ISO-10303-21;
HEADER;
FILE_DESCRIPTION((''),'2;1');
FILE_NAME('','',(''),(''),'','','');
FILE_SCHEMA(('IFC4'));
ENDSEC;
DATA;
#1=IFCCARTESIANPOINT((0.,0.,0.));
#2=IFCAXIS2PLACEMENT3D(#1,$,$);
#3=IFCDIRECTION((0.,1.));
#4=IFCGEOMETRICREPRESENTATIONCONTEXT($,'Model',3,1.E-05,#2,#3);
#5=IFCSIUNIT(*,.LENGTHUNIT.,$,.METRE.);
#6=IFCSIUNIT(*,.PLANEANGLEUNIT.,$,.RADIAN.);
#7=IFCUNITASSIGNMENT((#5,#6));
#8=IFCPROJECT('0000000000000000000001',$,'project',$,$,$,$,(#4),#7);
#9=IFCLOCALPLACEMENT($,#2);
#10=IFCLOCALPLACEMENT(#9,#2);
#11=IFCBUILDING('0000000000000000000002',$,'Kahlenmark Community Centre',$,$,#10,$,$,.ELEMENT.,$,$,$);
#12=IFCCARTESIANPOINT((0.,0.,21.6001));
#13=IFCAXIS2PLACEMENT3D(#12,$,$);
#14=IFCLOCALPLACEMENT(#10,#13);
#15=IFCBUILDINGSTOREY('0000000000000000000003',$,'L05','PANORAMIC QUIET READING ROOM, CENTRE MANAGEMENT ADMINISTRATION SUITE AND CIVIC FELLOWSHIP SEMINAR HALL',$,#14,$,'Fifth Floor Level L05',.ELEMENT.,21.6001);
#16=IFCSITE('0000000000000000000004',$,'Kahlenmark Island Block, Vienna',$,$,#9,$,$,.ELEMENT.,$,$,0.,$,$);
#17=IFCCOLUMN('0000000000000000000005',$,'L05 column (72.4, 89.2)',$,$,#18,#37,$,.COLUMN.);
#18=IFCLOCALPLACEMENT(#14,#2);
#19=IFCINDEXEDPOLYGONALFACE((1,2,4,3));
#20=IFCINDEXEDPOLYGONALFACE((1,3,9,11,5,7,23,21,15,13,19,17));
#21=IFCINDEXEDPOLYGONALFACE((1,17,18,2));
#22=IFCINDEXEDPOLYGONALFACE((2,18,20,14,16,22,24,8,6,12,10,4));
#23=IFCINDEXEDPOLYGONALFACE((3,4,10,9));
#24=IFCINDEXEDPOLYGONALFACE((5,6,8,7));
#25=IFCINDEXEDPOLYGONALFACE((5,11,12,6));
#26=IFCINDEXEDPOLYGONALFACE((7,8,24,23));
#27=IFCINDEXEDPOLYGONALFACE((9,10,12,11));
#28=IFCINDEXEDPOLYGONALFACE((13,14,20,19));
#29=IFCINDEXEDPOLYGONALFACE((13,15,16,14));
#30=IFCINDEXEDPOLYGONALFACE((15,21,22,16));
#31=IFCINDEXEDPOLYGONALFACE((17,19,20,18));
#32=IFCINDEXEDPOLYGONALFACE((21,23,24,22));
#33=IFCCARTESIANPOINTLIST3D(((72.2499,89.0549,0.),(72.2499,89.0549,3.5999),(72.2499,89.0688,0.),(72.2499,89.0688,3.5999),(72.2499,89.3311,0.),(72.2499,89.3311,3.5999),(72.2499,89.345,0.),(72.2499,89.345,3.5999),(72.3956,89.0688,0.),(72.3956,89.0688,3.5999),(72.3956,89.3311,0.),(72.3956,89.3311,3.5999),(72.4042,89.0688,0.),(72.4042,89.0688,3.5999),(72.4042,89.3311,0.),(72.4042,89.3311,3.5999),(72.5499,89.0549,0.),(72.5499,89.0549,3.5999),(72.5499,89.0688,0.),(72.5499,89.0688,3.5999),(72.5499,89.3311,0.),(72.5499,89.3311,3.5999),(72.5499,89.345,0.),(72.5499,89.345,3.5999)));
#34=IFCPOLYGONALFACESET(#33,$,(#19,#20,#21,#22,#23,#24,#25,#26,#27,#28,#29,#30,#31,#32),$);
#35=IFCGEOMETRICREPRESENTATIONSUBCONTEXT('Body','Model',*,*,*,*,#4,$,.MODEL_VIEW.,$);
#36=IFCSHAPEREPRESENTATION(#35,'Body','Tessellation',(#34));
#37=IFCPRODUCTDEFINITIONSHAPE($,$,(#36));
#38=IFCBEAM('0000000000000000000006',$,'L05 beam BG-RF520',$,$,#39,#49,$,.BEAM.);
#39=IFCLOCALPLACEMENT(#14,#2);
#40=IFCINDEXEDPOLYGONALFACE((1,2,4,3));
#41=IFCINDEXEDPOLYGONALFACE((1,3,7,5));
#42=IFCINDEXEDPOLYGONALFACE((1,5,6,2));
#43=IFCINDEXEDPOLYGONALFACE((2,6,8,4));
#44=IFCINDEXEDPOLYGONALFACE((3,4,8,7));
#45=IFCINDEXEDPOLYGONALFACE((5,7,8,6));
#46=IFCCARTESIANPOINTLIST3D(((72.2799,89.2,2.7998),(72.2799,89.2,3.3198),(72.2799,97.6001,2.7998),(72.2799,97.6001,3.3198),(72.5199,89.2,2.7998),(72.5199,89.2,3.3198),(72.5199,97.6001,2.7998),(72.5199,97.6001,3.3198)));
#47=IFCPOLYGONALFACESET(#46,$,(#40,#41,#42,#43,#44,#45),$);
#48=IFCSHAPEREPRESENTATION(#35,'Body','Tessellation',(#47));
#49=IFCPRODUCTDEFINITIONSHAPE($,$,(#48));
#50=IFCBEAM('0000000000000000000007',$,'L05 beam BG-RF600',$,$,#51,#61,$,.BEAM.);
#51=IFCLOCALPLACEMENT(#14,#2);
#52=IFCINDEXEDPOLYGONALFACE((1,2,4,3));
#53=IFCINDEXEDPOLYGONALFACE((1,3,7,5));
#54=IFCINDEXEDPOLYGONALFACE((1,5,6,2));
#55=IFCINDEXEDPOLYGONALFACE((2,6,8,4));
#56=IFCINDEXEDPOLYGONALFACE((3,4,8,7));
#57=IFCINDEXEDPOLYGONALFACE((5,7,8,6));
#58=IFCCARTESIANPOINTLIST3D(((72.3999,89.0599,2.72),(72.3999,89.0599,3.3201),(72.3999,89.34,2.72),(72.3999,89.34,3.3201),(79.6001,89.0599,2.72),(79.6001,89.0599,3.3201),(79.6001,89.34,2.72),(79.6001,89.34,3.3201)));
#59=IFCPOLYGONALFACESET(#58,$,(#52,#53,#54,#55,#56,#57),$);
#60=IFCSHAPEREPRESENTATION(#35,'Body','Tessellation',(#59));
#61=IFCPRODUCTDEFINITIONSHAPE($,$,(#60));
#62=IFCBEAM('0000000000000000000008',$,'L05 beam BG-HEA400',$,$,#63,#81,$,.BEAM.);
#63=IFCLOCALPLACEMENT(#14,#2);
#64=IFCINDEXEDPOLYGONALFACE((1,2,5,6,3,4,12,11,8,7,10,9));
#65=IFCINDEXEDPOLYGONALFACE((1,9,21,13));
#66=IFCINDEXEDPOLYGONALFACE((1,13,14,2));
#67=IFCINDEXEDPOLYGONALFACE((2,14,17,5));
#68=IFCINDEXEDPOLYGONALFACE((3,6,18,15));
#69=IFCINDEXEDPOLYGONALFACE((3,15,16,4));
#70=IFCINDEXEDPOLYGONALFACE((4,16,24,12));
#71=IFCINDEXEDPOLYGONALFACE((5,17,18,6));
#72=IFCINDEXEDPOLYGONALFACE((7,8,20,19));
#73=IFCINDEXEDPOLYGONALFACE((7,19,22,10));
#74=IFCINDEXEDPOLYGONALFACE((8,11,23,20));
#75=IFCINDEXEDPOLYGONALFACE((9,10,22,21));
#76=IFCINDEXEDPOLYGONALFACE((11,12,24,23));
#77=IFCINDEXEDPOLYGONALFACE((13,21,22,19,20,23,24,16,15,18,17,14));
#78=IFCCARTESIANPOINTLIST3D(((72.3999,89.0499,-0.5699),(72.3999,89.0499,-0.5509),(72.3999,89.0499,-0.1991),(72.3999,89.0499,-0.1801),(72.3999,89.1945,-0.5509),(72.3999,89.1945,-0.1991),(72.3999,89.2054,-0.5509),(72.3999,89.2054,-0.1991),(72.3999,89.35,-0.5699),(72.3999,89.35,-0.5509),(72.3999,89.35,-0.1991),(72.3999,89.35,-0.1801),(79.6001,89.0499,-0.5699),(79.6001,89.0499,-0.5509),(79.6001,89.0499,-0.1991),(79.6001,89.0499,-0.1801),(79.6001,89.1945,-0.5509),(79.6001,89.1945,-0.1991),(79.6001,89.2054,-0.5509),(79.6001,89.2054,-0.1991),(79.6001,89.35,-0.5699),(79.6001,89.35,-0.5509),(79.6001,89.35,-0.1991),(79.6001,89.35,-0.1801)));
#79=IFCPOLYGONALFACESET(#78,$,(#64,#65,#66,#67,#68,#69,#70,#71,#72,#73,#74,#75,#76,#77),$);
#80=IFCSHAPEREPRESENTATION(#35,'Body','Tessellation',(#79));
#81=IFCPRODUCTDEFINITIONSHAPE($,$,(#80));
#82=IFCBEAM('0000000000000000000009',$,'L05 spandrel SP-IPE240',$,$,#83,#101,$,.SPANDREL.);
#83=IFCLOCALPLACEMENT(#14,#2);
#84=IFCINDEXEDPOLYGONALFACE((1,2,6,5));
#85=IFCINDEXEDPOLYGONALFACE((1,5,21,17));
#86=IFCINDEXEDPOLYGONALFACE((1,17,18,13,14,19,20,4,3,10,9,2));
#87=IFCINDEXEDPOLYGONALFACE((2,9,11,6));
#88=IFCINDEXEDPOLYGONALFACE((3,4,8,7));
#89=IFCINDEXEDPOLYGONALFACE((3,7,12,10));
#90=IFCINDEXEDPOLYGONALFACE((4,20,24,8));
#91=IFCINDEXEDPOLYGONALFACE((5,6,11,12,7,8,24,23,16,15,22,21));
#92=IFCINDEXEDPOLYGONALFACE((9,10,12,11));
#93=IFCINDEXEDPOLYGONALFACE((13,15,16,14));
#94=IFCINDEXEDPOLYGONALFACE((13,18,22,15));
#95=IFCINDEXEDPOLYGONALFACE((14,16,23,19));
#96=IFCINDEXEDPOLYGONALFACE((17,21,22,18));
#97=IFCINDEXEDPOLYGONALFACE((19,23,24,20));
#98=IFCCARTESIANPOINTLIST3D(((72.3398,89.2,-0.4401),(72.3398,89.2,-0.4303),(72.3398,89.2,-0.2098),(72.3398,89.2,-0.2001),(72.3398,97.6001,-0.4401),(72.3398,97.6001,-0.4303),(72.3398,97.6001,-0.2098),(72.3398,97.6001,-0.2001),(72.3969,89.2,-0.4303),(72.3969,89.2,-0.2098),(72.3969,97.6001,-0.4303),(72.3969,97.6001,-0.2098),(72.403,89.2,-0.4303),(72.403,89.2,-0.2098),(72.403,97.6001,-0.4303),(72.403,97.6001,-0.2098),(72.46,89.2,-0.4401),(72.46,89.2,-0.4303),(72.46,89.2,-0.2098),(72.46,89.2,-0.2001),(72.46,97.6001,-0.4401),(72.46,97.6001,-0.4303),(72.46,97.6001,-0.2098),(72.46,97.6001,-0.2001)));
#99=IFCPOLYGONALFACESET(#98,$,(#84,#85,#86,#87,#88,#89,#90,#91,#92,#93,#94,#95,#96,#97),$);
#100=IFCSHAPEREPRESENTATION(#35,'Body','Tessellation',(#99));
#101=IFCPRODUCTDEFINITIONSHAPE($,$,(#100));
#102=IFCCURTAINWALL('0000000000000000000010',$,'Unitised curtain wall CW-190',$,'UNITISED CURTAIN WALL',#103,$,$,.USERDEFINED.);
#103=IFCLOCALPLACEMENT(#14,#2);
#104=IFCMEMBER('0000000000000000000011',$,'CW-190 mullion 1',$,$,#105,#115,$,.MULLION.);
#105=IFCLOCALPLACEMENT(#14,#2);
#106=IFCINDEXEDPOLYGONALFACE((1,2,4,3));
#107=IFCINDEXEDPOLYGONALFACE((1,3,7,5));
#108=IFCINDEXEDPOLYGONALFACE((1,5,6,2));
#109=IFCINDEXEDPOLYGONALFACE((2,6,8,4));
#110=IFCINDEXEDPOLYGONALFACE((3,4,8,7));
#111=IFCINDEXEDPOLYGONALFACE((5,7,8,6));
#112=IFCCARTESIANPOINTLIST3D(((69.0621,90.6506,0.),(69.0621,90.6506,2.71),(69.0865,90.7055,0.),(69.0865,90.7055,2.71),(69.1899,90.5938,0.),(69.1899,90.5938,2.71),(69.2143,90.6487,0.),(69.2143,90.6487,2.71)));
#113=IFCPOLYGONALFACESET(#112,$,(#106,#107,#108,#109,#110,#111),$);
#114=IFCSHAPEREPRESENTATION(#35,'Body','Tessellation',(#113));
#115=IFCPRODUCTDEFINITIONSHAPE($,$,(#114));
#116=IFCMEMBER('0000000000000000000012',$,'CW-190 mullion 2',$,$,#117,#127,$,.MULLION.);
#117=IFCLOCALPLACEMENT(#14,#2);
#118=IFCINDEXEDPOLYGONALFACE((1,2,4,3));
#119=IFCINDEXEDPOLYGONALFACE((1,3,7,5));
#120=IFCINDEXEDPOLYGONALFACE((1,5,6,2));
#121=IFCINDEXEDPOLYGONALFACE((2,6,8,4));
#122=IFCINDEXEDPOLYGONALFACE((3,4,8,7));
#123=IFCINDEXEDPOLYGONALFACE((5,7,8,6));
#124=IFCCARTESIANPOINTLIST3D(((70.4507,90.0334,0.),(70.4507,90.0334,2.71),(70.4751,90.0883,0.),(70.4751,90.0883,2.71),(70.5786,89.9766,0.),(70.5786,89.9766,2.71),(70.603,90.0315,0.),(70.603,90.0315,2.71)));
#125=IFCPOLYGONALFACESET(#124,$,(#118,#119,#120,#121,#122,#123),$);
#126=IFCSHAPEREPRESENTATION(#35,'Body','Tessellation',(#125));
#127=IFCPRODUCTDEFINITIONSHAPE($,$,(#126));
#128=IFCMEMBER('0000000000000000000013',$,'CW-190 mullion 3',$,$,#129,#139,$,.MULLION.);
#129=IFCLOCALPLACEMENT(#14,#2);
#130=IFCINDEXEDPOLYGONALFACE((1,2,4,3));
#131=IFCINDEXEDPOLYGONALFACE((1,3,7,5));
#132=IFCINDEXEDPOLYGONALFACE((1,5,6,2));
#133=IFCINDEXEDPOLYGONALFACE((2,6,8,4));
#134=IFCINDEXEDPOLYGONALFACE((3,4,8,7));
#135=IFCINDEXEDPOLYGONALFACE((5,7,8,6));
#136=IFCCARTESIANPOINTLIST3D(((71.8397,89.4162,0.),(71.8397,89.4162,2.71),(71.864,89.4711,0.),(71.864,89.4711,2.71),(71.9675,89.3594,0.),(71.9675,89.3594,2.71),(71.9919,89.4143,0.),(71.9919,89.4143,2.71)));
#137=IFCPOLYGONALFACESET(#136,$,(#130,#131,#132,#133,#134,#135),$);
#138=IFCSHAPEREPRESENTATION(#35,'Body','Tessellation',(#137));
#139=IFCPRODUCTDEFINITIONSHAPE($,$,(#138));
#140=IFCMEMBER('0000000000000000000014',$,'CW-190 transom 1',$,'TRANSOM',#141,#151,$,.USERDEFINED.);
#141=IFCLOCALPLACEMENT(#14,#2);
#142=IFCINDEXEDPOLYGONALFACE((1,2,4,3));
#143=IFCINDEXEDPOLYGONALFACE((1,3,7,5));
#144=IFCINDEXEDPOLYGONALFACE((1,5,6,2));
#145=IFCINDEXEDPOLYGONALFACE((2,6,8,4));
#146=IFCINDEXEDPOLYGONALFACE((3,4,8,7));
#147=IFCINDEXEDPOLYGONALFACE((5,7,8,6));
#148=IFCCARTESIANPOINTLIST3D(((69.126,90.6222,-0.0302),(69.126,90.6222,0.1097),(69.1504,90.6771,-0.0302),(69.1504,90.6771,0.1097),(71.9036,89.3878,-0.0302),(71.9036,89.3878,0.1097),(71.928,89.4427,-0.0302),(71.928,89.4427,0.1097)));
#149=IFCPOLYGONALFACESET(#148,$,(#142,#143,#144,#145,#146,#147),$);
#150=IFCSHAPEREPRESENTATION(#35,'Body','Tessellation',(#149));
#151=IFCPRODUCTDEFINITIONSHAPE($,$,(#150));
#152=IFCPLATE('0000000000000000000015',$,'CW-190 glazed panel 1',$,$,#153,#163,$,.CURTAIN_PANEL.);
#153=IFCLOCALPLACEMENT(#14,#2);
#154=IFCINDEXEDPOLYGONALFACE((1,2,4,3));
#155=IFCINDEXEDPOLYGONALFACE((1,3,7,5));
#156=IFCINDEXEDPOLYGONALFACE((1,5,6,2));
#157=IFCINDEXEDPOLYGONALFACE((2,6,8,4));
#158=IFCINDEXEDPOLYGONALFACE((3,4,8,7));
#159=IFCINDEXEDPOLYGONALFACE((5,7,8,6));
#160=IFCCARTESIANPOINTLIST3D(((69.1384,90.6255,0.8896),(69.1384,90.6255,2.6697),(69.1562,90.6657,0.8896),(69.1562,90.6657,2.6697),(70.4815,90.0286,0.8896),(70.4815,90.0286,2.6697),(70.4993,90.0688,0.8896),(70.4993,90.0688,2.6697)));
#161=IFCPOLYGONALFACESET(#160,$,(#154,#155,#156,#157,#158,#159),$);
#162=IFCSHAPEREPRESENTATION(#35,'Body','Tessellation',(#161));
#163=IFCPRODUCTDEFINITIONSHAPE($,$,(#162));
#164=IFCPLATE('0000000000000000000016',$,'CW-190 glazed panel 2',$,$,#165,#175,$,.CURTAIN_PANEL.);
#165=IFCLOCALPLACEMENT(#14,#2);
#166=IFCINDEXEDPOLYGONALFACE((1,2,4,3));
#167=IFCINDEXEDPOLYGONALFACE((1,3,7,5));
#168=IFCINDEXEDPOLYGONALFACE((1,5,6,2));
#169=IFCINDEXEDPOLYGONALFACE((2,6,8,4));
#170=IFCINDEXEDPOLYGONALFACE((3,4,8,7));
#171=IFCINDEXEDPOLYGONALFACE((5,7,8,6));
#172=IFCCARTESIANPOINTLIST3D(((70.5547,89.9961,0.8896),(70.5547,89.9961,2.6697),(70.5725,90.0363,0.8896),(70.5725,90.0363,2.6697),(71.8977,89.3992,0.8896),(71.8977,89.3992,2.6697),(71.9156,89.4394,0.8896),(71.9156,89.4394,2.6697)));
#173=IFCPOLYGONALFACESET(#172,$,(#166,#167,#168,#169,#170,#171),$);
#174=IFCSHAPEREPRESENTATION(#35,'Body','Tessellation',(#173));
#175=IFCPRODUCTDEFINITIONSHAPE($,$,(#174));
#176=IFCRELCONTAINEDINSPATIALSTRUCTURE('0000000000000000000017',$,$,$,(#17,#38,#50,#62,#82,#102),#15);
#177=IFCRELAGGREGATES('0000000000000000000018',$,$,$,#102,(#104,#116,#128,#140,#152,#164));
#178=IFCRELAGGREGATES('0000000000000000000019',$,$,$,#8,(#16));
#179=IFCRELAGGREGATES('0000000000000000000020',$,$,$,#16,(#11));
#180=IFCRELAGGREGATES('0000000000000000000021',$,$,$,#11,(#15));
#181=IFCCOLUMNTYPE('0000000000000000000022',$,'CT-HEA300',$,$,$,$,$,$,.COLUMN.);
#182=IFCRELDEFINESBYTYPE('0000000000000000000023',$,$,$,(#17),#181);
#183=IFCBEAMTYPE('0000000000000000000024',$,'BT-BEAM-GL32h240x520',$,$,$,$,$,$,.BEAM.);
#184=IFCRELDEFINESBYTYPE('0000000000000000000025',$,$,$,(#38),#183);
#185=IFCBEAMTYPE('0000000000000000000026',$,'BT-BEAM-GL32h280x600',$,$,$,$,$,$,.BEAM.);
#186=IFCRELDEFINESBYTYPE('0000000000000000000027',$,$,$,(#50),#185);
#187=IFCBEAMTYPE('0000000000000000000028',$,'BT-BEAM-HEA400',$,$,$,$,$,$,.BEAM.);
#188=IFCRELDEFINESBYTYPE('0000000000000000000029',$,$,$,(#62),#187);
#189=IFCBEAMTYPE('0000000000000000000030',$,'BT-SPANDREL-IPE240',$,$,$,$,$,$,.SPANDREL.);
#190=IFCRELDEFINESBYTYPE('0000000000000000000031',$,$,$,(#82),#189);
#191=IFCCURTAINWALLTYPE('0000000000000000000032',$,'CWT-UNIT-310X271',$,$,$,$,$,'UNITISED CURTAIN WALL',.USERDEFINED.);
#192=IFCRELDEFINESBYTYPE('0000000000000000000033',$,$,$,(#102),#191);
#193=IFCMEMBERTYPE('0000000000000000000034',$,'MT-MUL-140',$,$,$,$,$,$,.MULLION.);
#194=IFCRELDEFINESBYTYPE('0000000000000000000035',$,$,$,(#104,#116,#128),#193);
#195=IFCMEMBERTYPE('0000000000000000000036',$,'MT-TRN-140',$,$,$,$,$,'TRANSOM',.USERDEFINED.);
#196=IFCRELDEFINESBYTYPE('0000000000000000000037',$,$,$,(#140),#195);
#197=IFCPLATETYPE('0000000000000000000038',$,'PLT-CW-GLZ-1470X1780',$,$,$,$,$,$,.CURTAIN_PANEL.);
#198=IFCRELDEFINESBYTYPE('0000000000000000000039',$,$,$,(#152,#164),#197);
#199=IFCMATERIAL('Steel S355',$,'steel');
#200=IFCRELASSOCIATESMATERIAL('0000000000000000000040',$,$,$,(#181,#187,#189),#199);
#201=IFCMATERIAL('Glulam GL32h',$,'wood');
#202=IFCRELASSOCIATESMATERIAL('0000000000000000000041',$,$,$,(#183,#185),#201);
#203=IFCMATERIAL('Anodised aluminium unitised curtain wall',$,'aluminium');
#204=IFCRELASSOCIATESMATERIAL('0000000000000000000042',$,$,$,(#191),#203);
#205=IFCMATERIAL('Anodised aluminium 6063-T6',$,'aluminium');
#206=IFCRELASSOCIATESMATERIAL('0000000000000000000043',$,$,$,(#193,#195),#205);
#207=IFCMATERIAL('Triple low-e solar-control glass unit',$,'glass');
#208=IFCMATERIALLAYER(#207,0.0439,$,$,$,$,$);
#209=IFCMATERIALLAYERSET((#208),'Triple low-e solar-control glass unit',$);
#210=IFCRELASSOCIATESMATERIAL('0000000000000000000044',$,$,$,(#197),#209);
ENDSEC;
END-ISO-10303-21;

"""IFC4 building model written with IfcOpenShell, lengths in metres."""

from ifc_helpers import new_model, si_unit, direction, frame, origin, origin_2d, place, context, subcontext, project, spatial, rectangle, i_section, extrude, material, layer, layer_set, material_profile, profile_set, type_object, element, aggregate, save


model = new_model("IFC4")

# Units and contexts
model_context = context("Model", 3, precision=1e-05, world=origin(), true_north=direction((0.0, 1.0)))
body_context = subcontext(model_context, "Body", "Model", "MODEL_VIEW")
ifc_project = project(units=[si_unit("LENGTHUNIT", "METRE"), si_unit("PLANEANGLEUNIT", "RADIAN")], contexts=[model_context])

# Site, building, storey
site_placement = place(None, origin())
site = spatial("IfcSite", under=ifc_project, at=site_placement, Name="Kahlenmark Island Block, Vienna", CompositionType="ELEMENT", RefElevation=0.0)
building_placement = place(site_placement, origin())
building = spatial("IfcBuilding", under=site, at=building_placement, Name="Kahlenmark Community Centre", CompositionType="ELEMENT")
storey_placement = place(building_placement, frame((0.0, 0.0, 21.6001)))
storey = spatial("IfcBuildingStorey", under=building, at=storey_placement, Name="L05", Description="PANORAMIC QUIET READING ROOM, CENTRE MANAGEMENT ADMINISTRATION SUITE AND CIVIC FELLOWSHIP SEMINAR HALL", LongName="Fifth Floor Level L05", CompositionType="ELEMENT", Elevation=21.6001)

# Column
ifc_material_1 = material(Name="Steel S355", Category="steel")
ifc_material_profile_1 = material_profile(ifc_material_1, i_section(OverallWidth=0.3, OverallDepth=0.29, WebThickness=0.0085, FlangeThickness=0.0139, at=origin_2d()), Name="HEA 300")
ifc_profile_set_1 = profile_set([ifc_material_profile_1], Name="Steel S355")
column_type = type_object("IfcColumnType", Name="CT-HEA300", PredefinedType="COLUMN", material=ifc_profile_set_1)
column_placement = place(storey_placement, frame((72.3999, 89.2, 0.0), z_axis=(0.0, 0.0, 1.0), x_axis=(1.0, 0.0, 0.0)))
element("IfcColumn", 1, at=column_placement, inside=storey, type_object=column_type, Name="L05 column (72.4, 89.2)", PredefinedType="COLUMN", context=body_context, shape_type="SweptSolid", body=[
    extrude(i_section(OverallWidth=0.3, OverallDepth=0.29, WebThickness=0.0085, FlangeThickness=0.0139, at=origin_2d()), origin(), (0.0, 0.0, 1.0), 3.5999),
])

# Beams
ifc_material_2 = material(Name="Glulam GL32h", Category="wood")
ifc_material_profile_2 = material_profile(ifc_material_2, rectangle(XDim=0.24, YDim=0.52, at=origin_2d()), Name="GL32h 240x520")
ifc_profile_set_2 = profile_set([ifc_material_profile_2], Name="Glulam GL32h")
beam_type_1 = type_object("IfcBeamType", Name="BT-BEAM-GL32h240x520", PredefinedType="BEAM", material=ifc_profile_set_2)
beam_1_placement = place(storey_placement, frame((72.3999, 89.2, 3.0598), z_axis=(0.0, 1.0, 0.0), x_axis=(-1.0, 0.0, 0.0)))
element("IfcBeam", 2, at=beam_1_placement, inside=storey, type_object=beam_type_1, Name="L05 beam BG-RF520", PredefinedType="BEAM", context=body_context, shape_type="SweptSolid", body=[
    extrude(rectangle(XDim=0.24, YDim=0.52, at=origin_2d()), origin(), (0.0, 0.0, 1.0), 8.4001),
])
ifc_material_profile_3 = material_profile(ifc_material_2, rectangle(XDim=0.28, YDim=0.6001, at=origin_2d()), Name="GL32h 280x600")
ifc_profile_set_3 = profile_set([ifc_material_profile_3], Name="Glulam GL32h")
beam_type_2 = type_object("IfcBeamType", Name="BT-BEAM-GL32h280x600", PredefinedType="BEAM", material=ifc_profile_set_3)
beam_2_placement = place(storey_placement, frame((72.3999, 89.2, 3.02), z_axis=(1.0, 0.0, 0.0), x_axis=(0.0, 1.0, 0.0)))
element("IfcBeam", 3, at=beam_2_placement, inside=storey, type_object=beam_type_2, Name="L05 beam BG-RF600", PredefinedType="BEAM", context=body_context, shape_type="SweptSolid", body=[
    extrude(rectangle(XDim=0.28, YDim=0.6001, at=origin_2d()), origin(), (0.0, 0.0, 1.0), 7.2002),
])
ifc_material_profile_4 = material_profile(ifc_material_1, i_section(OverallWidth=0.3, OverallDepth=0.3899, WebThickness=0.011, FlangeThickness=0.019, at=origin_2d()), Name="HEA 400")
ifc_profile_set_4 = profile_set([ifc_material_profile_4], Name="Steel S355")
beam_type_3 = type_object("IfcBeamType", Name="BT-BEAM-HEA400", PredefinedType="BEAM", material=ifc_profile_set_4)
beam_3_placement = place(storey_placement, frame((72.3999, 89.2, -0.375), z_axis=(1.0, 0.0, 0.0), x_axis=(0.0, 1.0, 0.0)))
element("IfcBeam", 4, at=beam_3_placement, inside=storey, type_object=beam_type_3, Name="L05 beam BG-HEA400", PredefinedType="BEAM", context=body_context, shape_type="SweptSolid", body=[
    extrude(i_section(OverallWidth=0.3, OverallDepth=0.3899, WebThickness=0.011, FlangeThickness=0.019, at=origin_2d()), origin(), (0.0, 0.0, 1.0), 7.2002),
])
ifc_material_profile_5 = material_profile(ifc_material_1, i_section(OverallWidth=0.1201, OverallDepth=0.24, WebThickness=0.0061, FlangeThickness=0.0098, at=origin_2d()), Name="IPE 240")
ifc_profile_set_5 = profile_set([ifc_material_profile_5], Name="Steel S355")
beam_type_4 = type_object("IfcBeamType", Name="BT-SPANDREL-IPE240", PredefinedType="SPANDREL", material=ifc_profile_set_5)
beam_4_placement = place(storey_placement, frame((72.3999, 89.2, -0.3201), z_axis=(0.0, 1.0, 0.0), x_axis=(-1.0, 0.0, 0.0)))
element("IfcBeam", 5, at=beam_4_placement, inside=storey, type_object=beam_type_4, Name="L05 spandrel SP-IPE240", PredefinedType="SPANDREL", context=body_context, shape_type="SweptSolid", body=[
    extrude(i_section(OverallWidth=0.1201, OverallDepth=0.24, WebThickness=0.0061, FlangeThickness=0.0098, at=origin_2d()), origin(), (0.0, 0.0, 1.0), 8.4001),
])

# Curtain wall, members, plates
ifc_material_3 = material(Name="Anodised aluminium unitised curtain wall", Category="aluminium")
curtain_wall_type = type_object("IfcCurtainWallType", Name="CWT-UNIT-310X271", ElementType="UNITISED CURTAIN WALL", PredefinedType="USERDEFINED", material=ifc_material_3)
curtain_wall_placement = place(storey_placement, origin())
curtain_wall = element("IfcCurtainWall", 6, at=curtain_wall_placement, inside=storey, type_object=curtain_wall_type, Name="Unitised curtain wall CW-190", ObjectType="UNITISED CURTAIN WALL", PredefinedType="USERDEFINED")
ifc_material_4 = material(Name="Anodised aluminium 6063-T6", Category="aluminium")
ifc_material_profile_6 = material_profile(ifc_material_4, rectangle(XDim=0.0601, YDim=0.1399, at=origin_2d()), Name="ALU MULLION 60x140")
ifc_profile_set_6 = profile_set([ifc_material_profile_6], Name="Anodised aluminium 6063-T6")
member_type_1 = type_object("IfcMemberType", Name="MT-MUL-140", PredefinedType="MULLION", material=ifc_profile_set_6)
member_1_placement = place(storey_placement, frame((69.1382, 90.6497, 0.0), z_axis=(0.0, 0.0, 1.0), x_axis=(0.406126, 0.913817, 0.0)))
member_1 = element("IfcMember", 7, at=member_1_placement, type_object=member_type_1, Name="CW-190 mullion 1", PredefinedType="MULLION", context=body_context, shape_type="SweptSolid", body=[
    extrude(rectangle(XDim=0.0601, YDim=0.1399, at=origin_2d()), origin(), (0.0, 0.0, 1.0), 2.71),
])
member_2_placement = place(storey_placement, frame((70.5269, 90.0325, 0.0), z_axis=(0.0, 0.0, 1.0), x_axis=(0.406126, 0.913817, 0.0)))
member_2 = element("IfcMember", 8, at=member_2_placement, type_object=member_type_1, Name="CW-190 mullion 2", PredefinedType="MULLION", context=body_context, shape_type="SweptSolid", body=[
    extrude(rectangle(XDim=0.0601, YDim=0.1399, at=origin_2d()), origin(), (0.0, 0.0, 1.0), 2.71),
])
member_3_placement = place(storey_placement, frame((71.9158, 89.4153, 0.0), z_axis=(0.0, 0.0, 1.0), x_axis=(0.406126, 0.913817, 0.0)))
member_3 = element("IfcMember", 9, at=member_3_placement, type_object=member_type_1, Name="CW-190 mullion 3", PredefinedType="MULLION", context=body_context, shape_type="SweptSolid", body=[
    extrude(rectangle(XDim=0.0601, YDim=0.1399, at=origin_2d()), origin(), (0.0, 0.0, 1.0), 2.71),
])
ifc_material_profile_7 = material_profile(ifc_material_4, rectangle(XDim=0.0601, YDim=0.1399, at=origin_2d()), Name="ALU TRANSOM 60x140")
ifc_profile_set_7 = profile_set([ifc_material_profile_7], Name="Anodised aluminium 6063-T6")
member_type_2 = type_object("IfcMemberType", Name="MT-TRN-140", ElementType="TRANSOM", PredefinedType="USERDEFINED", material=ifc_profile_set_7)
member_4_placement = place(storey_placement, frame((69.1382, 90.6497, 0.0398), z_axis=(0.913825, -0.406109, 0.0), x_axis=(0.406109, 0.913825, 0.0)))
member_4 = element("IfcMember", 10, at=member_4_placement, type_object=member_type_2, Name="CW-190 transom 1", ObjectType="TRANSOM", PredefinedType="USERDEFINED", context=body_context, shape_type="SweptSolid", body=[
    extrude(rectangle(XDim=0.0601, YDim=0.1399, at=origin_2d()), origin(), (0.0, 0.0, 1.0), 3.0396),
])
ifc_material_5 = material(Name="Triple low-e solar-control glass unit", Category="glass")
ifc_layer_1 = layer(ifc_material_5, 0.0439)
ifc_layer_set_1 = layer_set([ifc_layer_1], Name="Triple low-e solar-control glass unit")
plate_type_1 = type_object("IfcPlateType", Name="PLT-CW-GLZ-1470X1780", PredefinedType="CURTAIN_PANEL", material=ifc_layer_set_1)
plate_1_placement = place(storey_placement, frame((69.8188, 90.3472, 0.8896), z_axis=(0.0, 0.0, 1.0), x_axis=(0.913817, -0.406126, 0.0)))
plate_1 = element("IfcPlate", 11, at=plate_1_placement, type_object=plate_type_1, Name="CW-190 glazed panel 1", PredefinedType="CURTAIN_PANEL", context=body_context, shape_type="SweptSolid", body=[
    extrude(rectangle(XDim=1.4697, YDim=0.0439, at=origin_2d()), origin(), (0.0, 0.0, 1.0), 1.78),
])
plate_2_placement = place(storey_placement, frame((71.2351, 89.7178, 0.8896), z_axis=(0.0, 0.0, 1.0), x_axis=(0.913817, -0.406126, 0.0)))
plate_2 = element("IfcPlate", 12, at=plate_2_placement, type_object=plate_type_1, Name="CW-190 glazed panel 2", PredefinedType="CURTAIN_PANEL", context=body_context, shape_type="SweptSolid", body=[
    extrude(rectangle(XDim=1.4697, YDim=0.0439, at=origin_2d()), origin(), (0.0, 0.0, 1.0), 1.78),
])
aggregate(curtain_wall, [member_1, member_2, member_3, member_4, plate_1, plate_2])

save(model, "model.ifc")
